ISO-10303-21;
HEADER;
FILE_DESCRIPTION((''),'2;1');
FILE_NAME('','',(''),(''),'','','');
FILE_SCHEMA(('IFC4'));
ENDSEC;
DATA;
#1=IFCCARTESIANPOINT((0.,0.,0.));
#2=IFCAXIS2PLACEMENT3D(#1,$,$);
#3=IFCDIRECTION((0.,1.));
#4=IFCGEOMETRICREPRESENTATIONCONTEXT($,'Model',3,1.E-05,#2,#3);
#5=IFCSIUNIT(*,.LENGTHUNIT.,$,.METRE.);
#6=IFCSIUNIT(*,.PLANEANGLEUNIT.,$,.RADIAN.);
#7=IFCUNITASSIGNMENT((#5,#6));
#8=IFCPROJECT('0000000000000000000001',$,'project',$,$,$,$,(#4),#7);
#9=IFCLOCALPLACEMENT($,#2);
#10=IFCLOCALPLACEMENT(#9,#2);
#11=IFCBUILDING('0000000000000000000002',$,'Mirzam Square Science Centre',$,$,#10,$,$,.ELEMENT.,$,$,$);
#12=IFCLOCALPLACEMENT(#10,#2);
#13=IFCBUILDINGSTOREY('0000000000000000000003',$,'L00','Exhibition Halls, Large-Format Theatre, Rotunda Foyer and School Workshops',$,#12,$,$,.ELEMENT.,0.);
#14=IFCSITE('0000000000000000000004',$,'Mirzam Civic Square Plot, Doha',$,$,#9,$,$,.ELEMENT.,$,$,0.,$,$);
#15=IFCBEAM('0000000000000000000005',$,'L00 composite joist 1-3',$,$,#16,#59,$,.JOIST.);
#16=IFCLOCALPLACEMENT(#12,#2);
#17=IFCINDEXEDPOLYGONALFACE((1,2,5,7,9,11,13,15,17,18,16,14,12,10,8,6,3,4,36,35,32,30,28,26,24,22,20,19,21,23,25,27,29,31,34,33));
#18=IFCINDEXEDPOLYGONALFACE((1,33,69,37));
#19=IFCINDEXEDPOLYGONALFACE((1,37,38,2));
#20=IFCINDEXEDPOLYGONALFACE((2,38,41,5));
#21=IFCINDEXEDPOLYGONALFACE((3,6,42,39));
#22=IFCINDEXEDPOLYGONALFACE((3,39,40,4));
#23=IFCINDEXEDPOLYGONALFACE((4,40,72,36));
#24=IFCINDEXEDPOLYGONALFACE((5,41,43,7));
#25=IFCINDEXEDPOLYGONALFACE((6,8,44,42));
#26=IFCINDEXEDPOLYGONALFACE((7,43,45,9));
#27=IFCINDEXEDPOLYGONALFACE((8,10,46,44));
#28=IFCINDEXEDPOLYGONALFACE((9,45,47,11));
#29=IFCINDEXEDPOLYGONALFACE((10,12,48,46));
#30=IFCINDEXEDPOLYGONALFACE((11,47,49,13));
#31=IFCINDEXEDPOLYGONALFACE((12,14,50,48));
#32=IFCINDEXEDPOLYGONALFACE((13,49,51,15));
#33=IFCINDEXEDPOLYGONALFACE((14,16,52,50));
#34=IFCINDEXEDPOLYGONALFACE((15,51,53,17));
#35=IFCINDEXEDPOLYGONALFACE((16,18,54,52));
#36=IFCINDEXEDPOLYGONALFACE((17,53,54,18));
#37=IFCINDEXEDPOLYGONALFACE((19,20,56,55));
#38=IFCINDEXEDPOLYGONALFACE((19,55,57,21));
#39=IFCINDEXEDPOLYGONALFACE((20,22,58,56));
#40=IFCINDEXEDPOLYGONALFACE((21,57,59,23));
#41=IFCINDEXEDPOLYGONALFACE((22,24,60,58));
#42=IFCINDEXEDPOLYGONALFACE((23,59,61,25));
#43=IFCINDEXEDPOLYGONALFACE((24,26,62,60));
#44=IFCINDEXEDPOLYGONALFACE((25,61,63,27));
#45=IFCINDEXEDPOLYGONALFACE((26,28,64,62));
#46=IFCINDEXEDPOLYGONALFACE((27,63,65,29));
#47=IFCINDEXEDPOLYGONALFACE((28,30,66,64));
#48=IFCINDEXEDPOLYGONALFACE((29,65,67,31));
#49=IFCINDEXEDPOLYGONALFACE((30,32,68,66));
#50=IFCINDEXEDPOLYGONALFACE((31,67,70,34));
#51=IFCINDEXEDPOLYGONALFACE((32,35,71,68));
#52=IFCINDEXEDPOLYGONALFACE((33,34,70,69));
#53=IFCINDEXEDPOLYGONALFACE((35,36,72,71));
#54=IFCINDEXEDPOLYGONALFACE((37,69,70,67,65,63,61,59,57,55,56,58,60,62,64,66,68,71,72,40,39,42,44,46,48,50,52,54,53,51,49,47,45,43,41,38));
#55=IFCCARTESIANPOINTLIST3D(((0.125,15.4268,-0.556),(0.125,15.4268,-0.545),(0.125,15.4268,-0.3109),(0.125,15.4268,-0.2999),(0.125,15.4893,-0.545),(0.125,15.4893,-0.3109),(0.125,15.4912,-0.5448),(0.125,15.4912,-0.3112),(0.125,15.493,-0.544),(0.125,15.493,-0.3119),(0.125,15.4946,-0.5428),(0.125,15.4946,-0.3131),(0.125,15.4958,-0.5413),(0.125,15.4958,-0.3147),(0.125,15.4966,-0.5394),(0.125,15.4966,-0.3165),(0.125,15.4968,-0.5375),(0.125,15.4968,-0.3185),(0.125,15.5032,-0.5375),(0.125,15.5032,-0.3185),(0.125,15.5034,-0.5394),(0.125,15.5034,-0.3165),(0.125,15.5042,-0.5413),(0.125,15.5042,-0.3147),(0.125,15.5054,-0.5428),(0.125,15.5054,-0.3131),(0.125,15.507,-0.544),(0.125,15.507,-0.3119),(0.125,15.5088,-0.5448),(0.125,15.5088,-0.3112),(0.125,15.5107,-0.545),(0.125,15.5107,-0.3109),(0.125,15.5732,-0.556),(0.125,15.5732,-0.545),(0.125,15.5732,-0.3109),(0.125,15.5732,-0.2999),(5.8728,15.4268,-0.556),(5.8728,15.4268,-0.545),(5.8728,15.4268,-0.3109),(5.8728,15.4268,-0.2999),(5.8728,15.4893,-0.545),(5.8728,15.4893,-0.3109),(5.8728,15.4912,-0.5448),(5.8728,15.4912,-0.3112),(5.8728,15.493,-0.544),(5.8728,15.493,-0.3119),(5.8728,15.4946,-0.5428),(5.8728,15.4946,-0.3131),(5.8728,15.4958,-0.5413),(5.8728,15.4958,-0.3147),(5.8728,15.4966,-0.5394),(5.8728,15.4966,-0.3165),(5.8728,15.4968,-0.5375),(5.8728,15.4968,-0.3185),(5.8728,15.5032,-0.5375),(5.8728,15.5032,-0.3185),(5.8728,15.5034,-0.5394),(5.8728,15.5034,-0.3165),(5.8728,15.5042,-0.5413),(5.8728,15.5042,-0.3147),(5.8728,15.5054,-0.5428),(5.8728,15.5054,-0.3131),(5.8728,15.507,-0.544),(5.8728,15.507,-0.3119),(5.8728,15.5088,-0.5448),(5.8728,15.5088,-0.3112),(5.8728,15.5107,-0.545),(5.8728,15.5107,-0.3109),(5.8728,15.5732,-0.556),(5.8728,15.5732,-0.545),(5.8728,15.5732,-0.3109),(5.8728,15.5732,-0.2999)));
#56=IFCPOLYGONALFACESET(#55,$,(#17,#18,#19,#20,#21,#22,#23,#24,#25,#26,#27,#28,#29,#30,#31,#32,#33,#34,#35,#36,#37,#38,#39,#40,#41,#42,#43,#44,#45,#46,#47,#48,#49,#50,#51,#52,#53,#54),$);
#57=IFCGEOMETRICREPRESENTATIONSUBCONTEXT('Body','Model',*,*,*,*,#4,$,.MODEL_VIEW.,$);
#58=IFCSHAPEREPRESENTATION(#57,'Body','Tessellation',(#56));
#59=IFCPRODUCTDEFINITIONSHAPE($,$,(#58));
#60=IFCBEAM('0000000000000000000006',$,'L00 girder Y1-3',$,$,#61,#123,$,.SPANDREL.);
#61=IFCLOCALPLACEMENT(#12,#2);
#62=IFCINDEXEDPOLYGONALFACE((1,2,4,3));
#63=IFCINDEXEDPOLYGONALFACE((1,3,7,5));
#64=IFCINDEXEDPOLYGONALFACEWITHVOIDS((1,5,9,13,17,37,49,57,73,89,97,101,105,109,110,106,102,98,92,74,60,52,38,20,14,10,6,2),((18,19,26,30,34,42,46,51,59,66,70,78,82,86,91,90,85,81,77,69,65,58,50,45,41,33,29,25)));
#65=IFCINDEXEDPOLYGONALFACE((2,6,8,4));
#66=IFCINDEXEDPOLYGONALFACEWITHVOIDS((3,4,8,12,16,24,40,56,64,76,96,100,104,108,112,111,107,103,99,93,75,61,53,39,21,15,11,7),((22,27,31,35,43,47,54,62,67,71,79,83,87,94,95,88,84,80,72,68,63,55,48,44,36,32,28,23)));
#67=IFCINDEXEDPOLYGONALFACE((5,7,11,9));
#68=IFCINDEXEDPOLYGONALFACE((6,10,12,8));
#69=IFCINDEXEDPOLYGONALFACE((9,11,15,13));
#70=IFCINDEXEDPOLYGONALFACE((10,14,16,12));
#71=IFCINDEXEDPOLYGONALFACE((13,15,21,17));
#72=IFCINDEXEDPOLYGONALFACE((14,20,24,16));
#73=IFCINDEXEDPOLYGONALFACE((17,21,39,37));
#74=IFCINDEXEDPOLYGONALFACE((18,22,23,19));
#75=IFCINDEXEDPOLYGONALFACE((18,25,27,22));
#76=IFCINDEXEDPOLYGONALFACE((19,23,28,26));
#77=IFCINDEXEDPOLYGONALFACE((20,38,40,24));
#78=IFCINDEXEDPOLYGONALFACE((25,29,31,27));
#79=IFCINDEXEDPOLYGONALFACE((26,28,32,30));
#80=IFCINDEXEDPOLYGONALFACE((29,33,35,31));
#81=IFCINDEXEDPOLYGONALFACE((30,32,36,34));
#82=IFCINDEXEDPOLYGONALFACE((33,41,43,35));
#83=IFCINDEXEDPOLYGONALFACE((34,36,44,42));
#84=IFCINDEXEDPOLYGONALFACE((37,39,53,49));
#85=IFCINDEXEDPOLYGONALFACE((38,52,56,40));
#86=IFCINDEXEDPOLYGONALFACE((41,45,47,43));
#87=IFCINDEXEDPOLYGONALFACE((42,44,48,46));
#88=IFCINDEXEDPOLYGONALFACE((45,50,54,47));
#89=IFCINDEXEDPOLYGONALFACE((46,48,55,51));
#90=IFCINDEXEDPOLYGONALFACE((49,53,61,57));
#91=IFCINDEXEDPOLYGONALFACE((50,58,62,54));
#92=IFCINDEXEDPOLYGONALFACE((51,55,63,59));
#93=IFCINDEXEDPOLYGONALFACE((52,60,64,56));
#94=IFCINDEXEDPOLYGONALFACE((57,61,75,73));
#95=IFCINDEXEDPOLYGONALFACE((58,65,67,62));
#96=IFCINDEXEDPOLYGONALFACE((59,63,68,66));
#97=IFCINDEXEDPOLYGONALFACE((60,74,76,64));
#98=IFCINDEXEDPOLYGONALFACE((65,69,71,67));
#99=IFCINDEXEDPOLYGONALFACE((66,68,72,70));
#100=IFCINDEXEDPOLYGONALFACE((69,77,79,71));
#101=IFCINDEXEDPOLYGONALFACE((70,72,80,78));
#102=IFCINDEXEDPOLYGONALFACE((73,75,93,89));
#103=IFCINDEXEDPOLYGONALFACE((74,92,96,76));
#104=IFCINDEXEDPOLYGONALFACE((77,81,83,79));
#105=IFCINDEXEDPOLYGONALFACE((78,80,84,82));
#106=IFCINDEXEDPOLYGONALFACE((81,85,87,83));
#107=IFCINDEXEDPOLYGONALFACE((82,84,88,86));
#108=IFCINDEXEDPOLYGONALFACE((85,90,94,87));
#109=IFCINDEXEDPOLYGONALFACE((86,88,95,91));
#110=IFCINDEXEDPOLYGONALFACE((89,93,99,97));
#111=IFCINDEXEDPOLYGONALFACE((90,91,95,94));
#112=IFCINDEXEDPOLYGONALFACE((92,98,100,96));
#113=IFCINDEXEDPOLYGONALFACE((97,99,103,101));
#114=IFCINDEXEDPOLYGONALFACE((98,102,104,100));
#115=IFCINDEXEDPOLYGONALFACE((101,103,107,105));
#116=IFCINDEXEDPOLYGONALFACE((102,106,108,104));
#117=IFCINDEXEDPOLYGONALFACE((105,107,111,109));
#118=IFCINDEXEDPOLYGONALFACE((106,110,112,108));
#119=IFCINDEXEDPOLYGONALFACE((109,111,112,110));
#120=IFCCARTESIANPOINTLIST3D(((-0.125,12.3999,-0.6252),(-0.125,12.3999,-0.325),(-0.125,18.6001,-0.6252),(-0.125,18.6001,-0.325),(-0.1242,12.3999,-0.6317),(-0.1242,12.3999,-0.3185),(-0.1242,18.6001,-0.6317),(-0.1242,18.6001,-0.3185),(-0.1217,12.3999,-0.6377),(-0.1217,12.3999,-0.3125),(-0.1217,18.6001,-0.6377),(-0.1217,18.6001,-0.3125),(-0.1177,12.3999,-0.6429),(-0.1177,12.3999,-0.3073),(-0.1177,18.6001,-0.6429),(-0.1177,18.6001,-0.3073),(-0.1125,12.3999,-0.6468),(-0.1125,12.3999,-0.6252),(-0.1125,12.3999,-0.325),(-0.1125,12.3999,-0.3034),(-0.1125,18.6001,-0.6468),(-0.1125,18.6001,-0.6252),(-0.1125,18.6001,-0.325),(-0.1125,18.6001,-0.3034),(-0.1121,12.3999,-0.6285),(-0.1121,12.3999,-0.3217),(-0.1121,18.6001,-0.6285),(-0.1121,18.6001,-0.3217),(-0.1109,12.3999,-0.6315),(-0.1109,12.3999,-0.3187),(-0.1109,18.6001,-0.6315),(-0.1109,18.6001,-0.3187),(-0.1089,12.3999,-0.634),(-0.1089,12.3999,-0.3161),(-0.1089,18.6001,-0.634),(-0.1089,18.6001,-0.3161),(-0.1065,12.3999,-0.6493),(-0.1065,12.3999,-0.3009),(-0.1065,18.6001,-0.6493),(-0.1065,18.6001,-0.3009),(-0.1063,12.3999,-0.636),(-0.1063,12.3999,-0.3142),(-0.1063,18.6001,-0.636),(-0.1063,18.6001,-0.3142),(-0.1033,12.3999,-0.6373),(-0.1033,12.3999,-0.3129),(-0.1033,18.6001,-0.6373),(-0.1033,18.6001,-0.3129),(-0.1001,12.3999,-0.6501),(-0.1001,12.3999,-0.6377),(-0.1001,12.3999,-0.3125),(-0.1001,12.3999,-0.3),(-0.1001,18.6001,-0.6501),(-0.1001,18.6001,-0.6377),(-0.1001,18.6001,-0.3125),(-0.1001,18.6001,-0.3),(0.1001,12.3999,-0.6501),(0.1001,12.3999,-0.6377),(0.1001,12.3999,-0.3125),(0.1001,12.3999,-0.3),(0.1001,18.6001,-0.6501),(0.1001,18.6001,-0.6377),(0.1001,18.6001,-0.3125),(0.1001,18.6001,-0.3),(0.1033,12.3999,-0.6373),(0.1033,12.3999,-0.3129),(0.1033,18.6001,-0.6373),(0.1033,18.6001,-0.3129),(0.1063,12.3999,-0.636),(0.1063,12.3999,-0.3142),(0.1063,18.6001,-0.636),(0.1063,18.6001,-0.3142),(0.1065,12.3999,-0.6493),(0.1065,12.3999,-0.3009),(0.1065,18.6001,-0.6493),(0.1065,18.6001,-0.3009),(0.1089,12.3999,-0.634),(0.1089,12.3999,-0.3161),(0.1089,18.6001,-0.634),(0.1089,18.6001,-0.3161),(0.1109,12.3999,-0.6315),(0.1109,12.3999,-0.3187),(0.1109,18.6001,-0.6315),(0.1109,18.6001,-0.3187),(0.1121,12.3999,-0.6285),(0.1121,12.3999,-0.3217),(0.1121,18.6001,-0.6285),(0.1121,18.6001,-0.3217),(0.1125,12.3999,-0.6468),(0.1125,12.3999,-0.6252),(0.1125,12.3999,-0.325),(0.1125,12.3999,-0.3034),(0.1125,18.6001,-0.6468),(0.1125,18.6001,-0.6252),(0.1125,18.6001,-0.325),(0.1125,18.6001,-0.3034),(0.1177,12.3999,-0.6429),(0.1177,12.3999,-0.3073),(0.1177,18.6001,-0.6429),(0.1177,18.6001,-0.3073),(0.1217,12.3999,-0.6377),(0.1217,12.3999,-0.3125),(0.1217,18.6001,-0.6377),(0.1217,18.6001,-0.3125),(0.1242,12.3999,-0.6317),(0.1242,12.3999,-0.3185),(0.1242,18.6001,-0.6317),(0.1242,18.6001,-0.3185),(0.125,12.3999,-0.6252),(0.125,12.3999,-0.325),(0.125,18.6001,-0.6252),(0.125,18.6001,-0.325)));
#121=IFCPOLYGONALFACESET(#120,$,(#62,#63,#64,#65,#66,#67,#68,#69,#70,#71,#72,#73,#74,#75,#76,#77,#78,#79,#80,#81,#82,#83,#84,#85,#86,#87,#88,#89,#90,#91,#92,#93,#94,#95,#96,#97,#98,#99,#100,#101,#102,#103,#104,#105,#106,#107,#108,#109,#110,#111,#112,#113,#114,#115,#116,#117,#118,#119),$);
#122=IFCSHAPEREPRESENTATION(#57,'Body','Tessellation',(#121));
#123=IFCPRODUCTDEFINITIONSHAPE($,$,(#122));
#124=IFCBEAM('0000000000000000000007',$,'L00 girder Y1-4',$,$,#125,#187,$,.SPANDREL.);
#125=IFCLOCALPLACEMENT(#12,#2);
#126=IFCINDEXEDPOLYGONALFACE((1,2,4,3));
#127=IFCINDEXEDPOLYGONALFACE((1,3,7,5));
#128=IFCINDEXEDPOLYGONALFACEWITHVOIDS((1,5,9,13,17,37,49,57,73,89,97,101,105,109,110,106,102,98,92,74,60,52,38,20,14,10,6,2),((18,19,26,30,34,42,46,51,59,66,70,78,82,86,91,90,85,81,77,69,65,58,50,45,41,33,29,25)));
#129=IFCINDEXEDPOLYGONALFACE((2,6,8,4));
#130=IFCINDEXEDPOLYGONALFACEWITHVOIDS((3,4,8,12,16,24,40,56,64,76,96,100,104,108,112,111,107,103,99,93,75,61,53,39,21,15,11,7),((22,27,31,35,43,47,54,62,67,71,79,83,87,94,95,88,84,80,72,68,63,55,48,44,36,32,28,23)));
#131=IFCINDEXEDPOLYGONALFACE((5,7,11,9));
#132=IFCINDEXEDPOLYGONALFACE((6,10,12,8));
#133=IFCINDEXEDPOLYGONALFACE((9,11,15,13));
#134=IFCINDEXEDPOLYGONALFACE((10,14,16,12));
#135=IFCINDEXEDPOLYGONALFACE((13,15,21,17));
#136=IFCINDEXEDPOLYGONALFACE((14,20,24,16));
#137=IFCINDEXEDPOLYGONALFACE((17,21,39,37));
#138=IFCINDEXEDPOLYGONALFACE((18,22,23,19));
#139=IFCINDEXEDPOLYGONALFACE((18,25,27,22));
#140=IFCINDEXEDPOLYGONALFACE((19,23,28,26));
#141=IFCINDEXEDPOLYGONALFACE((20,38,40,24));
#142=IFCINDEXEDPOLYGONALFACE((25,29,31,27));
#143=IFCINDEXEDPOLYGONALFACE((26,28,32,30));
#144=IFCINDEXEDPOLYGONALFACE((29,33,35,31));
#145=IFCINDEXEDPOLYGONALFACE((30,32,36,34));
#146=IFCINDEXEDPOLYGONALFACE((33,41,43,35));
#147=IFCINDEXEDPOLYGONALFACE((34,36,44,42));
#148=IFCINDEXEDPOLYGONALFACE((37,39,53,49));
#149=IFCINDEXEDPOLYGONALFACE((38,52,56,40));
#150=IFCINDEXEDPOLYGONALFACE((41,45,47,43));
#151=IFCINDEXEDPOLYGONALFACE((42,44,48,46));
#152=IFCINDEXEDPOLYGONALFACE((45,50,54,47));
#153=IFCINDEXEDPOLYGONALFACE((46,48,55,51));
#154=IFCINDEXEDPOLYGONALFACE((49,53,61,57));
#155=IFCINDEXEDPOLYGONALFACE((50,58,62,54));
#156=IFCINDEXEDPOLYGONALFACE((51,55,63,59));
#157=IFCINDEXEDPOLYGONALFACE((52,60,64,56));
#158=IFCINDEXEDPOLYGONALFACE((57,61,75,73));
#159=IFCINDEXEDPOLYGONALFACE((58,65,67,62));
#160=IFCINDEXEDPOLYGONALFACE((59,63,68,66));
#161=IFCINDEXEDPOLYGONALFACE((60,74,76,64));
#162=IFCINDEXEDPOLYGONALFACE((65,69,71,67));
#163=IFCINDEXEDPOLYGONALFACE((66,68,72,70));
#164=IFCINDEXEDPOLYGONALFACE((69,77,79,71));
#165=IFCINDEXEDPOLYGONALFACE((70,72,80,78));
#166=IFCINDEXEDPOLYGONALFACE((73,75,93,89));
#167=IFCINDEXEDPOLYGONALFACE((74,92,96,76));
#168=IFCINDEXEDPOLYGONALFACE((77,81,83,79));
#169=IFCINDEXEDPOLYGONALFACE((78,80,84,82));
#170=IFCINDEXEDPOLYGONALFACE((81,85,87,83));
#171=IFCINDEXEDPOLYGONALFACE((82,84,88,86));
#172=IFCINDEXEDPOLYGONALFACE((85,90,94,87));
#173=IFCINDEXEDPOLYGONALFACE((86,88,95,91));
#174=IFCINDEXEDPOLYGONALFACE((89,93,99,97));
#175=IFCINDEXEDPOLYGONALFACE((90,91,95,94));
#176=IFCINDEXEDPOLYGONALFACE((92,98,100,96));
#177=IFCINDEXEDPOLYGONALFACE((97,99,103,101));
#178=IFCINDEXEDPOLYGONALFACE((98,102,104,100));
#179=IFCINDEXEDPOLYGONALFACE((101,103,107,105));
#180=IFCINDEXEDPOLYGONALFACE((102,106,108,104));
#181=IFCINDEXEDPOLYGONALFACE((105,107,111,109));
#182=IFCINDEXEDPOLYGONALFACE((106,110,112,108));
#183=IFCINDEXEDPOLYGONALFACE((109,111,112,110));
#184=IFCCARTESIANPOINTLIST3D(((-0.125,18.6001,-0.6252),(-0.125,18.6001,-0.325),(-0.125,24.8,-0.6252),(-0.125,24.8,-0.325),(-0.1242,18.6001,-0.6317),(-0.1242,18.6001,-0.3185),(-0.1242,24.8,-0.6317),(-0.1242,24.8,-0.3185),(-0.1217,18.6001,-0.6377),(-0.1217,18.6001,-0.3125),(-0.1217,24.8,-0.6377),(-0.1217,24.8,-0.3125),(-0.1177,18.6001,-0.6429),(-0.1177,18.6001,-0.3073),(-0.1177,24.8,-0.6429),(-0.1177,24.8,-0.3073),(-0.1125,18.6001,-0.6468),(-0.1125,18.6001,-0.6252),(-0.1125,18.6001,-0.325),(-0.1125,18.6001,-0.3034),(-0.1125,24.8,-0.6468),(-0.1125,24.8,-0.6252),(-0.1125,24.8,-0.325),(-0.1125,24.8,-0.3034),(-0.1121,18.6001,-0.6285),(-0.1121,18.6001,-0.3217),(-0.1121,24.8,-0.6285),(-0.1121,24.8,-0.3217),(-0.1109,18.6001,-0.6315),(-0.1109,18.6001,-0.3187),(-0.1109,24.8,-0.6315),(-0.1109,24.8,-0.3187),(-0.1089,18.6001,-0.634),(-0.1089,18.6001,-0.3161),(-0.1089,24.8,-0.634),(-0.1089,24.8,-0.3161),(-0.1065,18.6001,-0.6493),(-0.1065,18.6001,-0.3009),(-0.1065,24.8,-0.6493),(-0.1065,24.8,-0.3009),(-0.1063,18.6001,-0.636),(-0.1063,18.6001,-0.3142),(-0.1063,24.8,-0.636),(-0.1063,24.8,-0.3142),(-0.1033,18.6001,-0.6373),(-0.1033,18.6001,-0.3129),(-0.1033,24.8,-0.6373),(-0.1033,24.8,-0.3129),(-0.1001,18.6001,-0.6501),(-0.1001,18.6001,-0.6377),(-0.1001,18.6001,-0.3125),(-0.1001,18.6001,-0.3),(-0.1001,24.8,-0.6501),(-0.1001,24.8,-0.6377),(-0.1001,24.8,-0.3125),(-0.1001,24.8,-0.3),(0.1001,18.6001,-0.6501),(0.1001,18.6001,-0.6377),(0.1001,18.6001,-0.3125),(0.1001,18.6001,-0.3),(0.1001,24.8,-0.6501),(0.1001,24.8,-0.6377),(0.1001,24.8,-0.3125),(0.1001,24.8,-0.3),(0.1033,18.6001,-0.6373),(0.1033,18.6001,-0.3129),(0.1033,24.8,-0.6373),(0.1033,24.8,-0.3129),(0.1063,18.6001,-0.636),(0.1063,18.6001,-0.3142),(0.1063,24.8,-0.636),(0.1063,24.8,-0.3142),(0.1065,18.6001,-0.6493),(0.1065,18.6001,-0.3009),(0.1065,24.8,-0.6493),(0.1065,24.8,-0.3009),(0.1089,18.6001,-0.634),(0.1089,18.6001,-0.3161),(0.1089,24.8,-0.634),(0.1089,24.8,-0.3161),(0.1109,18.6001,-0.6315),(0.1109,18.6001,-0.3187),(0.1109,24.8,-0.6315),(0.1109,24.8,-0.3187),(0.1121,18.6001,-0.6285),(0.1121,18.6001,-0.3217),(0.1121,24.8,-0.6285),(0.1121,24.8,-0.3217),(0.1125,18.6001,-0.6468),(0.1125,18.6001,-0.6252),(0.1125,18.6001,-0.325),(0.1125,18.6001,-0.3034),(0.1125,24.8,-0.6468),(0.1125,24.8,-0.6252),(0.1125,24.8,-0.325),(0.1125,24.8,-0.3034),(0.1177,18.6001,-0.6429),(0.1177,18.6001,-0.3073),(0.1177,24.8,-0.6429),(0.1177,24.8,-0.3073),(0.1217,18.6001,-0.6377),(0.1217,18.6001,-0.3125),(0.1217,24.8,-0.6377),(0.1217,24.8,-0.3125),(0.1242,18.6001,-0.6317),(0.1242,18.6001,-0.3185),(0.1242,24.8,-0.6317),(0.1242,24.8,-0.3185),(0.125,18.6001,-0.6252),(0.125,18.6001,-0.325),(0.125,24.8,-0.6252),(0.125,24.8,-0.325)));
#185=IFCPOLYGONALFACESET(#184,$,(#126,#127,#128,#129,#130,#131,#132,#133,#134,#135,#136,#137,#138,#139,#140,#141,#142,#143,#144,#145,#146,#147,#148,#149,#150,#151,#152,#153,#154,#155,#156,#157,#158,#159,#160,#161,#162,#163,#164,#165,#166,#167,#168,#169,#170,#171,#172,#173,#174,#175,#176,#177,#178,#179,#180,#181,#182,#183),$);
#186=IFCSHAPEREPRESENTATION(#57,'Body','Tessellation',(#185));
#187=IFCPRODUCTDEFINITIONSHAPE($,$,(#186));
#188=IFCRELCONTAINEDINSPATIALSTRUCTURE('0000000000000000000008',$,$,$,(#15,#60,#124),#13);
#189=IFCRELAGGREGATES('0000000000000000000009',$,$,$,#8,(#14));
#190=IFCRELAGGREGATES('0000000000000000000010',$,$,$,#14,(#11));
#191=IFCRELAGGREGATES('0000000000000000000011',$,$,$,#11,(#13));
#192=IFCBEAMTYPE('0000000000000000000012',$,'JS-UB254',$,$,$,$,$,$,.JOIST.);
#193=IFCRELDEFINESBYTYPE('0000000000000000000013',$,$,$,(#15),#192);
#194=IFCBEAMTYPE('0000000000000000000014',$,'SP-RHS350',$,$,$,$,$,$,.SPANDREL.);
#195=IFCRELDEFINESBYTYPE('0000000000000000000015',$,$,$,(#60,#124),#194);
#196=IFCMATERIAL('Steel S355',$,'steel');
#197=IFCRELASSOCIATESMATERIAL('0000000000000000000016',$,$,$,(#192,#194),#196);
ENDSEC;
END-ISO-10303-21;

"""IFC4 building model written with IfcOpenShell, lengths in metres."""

from ifc_helpers import new_model, si_unit, direction, frame, origin, origin_2d, place, context, subcontext, project, spatial, hollow_rectangle, i_section, extrude, material, material_profile, profile_set, type_object, element, save


model = new_model("IFC4")

# Units and contexts
model_context = context("Model", 3, precision=1e-05, world=origin(), true_north=direction((0.0, 1.0)))
body_context = subcontext(model_context, "Body", "Model", "MODEL_VIEW")
ifc_project = project(units=[si_unit("LENGTHUNIT", "METRE"), si_unit("PLANEANGLEUNIT", "RADIAN")], contexts=[model_context])

# Site, building, storey
site_placement = place(None, origin())
site = spatial("IfcSite", under=ifc_project, at=site_placement, Name="Mirzam Civic Square Plot, Doha", CompositionType="ELEMENT", RefElevation=0.0)
building_placement = place(site_placement, origin())
building = spatial("IfcBuilding", under=site, at=building_placement, Name="Mirzam Square Science Centre", CompositionType="ELEMENT")
storey_placement = place(building_placement, origin())
storey = spatial("IfcBuildingStorey", under=building, at=storey_placement, Name="L00", Description="Exhibition Halls, Large-Format Theatre, Rotunda Foyer and School Workshops", CompositionType="ELEMENT", Elevation=0.0)

# Shared definitions
ifc_material_1 = material(Name="Steel S355", Category="steel")

# Beams
ifc_material_profile_1 = material_profile(ifc_material_1, i_section(OverallWidth=0.1465, OverallDepth=0.2561, WebThickness=0.0063, FlangeThickness=0.011, FilletRadius=0.0076, at=origin_2d()), Name="254x146x37UB")
ifc_profile_set_1 = profile_set([ifc_material_profile_1], Name="Steel S355")
beam_type_1 = type_object("IfcBeamType", Name="JS-UB254", PredefinedType="JOIST", material=ifc_profile_set_1)
beam_1_placement = place(storey_placement, frame((0.125, 15.5, -0.428), z_axis=(1.0, 0.0, 0.0), x_axis=(0.0, 1.0, 0.0)))
element("IfcBeam", 1, at=beam_1_placement, inside=storey, type_object=beam_type_1, Name="L00 composite joist 1-3", PredefinedType="JOIST", context=body_context, shape_type="SweptSolid", body=[
    extrude(i_section(OverallWidth=0.1465, OverallDepth=0.2561, WebThickness=0.0063, FlangeThickness=0.011, FilletRadius=0.0076, at=origin_2d()), origin(), (0.0, 0.0, 1.0), 5.7478),
])
ifc_material_profile_2 = material_profile(ifc_material_1, hollow_rectangle(XDim=0.25, YDim=0.3501, WallThickness=0.0125, InnerFilletRadius=0.0125, OuterFilletRadius=0.0249, at=origin_2d()), Name="350x250x12.5RHS")
ifc_profile_set_2 = profile_set([ifc_material_profile_2], Name="Steel S355")
beam_type_2 = type_object("IfcBeamType", Name="SP-RHS350", PredefinedType="SPANDREL", material=ifc_profile_set_2)
beam_2_placement = place(storey_placement, frame((0.0, 12.3999, -0.4751), z_axis=(0.0, 1.0, 0.0), x_axis=(-1.0, 0.0, 0.0)))
element("IfcBeam", 2, at=beam_2_placement, inside=storey, type_object=beam_type_2, Name="L00 girder Y1-3", PredefinedType="SPANDREL", context=body_context, shape_type="SweptSolid", body=[
    extrude(hollow_rectangle(XDim=0.25, YDim=0.3501, WallThickness=0.0125, InnerFilletRadius=0.0125, OuterFilletRadius=0.0249, at=origin_2d()), origin(), (0.0, 0.0, 1.0), 6.2002),
])
beam_3_placement = place(storey_placement, frame((0.0, 18.6001, -0.4751), z_axis=(0.0, 1.0, 0.0), x_axis=(-1.0, 0.0, 0.0)))
element("IfcBeam", 3, at=beam_3_placement, inside=storey, type_object=beam_type_2, Name="L00 girder Y1-4", PredefinedType="SPANDREL", context=body_context, shape_type="SweptSolid", body=[
    extrude(hollow_rectangle(XDim=0.25, YDim=0.3501, WallThickness=0.0125, InnerFilletRadius=0.0125, OuterFilletRadius=0.0249, at=origin_2d()), origin(), (0.0, 0.0, 1.0), 6.2),
])

save(model, "model.ifc")
